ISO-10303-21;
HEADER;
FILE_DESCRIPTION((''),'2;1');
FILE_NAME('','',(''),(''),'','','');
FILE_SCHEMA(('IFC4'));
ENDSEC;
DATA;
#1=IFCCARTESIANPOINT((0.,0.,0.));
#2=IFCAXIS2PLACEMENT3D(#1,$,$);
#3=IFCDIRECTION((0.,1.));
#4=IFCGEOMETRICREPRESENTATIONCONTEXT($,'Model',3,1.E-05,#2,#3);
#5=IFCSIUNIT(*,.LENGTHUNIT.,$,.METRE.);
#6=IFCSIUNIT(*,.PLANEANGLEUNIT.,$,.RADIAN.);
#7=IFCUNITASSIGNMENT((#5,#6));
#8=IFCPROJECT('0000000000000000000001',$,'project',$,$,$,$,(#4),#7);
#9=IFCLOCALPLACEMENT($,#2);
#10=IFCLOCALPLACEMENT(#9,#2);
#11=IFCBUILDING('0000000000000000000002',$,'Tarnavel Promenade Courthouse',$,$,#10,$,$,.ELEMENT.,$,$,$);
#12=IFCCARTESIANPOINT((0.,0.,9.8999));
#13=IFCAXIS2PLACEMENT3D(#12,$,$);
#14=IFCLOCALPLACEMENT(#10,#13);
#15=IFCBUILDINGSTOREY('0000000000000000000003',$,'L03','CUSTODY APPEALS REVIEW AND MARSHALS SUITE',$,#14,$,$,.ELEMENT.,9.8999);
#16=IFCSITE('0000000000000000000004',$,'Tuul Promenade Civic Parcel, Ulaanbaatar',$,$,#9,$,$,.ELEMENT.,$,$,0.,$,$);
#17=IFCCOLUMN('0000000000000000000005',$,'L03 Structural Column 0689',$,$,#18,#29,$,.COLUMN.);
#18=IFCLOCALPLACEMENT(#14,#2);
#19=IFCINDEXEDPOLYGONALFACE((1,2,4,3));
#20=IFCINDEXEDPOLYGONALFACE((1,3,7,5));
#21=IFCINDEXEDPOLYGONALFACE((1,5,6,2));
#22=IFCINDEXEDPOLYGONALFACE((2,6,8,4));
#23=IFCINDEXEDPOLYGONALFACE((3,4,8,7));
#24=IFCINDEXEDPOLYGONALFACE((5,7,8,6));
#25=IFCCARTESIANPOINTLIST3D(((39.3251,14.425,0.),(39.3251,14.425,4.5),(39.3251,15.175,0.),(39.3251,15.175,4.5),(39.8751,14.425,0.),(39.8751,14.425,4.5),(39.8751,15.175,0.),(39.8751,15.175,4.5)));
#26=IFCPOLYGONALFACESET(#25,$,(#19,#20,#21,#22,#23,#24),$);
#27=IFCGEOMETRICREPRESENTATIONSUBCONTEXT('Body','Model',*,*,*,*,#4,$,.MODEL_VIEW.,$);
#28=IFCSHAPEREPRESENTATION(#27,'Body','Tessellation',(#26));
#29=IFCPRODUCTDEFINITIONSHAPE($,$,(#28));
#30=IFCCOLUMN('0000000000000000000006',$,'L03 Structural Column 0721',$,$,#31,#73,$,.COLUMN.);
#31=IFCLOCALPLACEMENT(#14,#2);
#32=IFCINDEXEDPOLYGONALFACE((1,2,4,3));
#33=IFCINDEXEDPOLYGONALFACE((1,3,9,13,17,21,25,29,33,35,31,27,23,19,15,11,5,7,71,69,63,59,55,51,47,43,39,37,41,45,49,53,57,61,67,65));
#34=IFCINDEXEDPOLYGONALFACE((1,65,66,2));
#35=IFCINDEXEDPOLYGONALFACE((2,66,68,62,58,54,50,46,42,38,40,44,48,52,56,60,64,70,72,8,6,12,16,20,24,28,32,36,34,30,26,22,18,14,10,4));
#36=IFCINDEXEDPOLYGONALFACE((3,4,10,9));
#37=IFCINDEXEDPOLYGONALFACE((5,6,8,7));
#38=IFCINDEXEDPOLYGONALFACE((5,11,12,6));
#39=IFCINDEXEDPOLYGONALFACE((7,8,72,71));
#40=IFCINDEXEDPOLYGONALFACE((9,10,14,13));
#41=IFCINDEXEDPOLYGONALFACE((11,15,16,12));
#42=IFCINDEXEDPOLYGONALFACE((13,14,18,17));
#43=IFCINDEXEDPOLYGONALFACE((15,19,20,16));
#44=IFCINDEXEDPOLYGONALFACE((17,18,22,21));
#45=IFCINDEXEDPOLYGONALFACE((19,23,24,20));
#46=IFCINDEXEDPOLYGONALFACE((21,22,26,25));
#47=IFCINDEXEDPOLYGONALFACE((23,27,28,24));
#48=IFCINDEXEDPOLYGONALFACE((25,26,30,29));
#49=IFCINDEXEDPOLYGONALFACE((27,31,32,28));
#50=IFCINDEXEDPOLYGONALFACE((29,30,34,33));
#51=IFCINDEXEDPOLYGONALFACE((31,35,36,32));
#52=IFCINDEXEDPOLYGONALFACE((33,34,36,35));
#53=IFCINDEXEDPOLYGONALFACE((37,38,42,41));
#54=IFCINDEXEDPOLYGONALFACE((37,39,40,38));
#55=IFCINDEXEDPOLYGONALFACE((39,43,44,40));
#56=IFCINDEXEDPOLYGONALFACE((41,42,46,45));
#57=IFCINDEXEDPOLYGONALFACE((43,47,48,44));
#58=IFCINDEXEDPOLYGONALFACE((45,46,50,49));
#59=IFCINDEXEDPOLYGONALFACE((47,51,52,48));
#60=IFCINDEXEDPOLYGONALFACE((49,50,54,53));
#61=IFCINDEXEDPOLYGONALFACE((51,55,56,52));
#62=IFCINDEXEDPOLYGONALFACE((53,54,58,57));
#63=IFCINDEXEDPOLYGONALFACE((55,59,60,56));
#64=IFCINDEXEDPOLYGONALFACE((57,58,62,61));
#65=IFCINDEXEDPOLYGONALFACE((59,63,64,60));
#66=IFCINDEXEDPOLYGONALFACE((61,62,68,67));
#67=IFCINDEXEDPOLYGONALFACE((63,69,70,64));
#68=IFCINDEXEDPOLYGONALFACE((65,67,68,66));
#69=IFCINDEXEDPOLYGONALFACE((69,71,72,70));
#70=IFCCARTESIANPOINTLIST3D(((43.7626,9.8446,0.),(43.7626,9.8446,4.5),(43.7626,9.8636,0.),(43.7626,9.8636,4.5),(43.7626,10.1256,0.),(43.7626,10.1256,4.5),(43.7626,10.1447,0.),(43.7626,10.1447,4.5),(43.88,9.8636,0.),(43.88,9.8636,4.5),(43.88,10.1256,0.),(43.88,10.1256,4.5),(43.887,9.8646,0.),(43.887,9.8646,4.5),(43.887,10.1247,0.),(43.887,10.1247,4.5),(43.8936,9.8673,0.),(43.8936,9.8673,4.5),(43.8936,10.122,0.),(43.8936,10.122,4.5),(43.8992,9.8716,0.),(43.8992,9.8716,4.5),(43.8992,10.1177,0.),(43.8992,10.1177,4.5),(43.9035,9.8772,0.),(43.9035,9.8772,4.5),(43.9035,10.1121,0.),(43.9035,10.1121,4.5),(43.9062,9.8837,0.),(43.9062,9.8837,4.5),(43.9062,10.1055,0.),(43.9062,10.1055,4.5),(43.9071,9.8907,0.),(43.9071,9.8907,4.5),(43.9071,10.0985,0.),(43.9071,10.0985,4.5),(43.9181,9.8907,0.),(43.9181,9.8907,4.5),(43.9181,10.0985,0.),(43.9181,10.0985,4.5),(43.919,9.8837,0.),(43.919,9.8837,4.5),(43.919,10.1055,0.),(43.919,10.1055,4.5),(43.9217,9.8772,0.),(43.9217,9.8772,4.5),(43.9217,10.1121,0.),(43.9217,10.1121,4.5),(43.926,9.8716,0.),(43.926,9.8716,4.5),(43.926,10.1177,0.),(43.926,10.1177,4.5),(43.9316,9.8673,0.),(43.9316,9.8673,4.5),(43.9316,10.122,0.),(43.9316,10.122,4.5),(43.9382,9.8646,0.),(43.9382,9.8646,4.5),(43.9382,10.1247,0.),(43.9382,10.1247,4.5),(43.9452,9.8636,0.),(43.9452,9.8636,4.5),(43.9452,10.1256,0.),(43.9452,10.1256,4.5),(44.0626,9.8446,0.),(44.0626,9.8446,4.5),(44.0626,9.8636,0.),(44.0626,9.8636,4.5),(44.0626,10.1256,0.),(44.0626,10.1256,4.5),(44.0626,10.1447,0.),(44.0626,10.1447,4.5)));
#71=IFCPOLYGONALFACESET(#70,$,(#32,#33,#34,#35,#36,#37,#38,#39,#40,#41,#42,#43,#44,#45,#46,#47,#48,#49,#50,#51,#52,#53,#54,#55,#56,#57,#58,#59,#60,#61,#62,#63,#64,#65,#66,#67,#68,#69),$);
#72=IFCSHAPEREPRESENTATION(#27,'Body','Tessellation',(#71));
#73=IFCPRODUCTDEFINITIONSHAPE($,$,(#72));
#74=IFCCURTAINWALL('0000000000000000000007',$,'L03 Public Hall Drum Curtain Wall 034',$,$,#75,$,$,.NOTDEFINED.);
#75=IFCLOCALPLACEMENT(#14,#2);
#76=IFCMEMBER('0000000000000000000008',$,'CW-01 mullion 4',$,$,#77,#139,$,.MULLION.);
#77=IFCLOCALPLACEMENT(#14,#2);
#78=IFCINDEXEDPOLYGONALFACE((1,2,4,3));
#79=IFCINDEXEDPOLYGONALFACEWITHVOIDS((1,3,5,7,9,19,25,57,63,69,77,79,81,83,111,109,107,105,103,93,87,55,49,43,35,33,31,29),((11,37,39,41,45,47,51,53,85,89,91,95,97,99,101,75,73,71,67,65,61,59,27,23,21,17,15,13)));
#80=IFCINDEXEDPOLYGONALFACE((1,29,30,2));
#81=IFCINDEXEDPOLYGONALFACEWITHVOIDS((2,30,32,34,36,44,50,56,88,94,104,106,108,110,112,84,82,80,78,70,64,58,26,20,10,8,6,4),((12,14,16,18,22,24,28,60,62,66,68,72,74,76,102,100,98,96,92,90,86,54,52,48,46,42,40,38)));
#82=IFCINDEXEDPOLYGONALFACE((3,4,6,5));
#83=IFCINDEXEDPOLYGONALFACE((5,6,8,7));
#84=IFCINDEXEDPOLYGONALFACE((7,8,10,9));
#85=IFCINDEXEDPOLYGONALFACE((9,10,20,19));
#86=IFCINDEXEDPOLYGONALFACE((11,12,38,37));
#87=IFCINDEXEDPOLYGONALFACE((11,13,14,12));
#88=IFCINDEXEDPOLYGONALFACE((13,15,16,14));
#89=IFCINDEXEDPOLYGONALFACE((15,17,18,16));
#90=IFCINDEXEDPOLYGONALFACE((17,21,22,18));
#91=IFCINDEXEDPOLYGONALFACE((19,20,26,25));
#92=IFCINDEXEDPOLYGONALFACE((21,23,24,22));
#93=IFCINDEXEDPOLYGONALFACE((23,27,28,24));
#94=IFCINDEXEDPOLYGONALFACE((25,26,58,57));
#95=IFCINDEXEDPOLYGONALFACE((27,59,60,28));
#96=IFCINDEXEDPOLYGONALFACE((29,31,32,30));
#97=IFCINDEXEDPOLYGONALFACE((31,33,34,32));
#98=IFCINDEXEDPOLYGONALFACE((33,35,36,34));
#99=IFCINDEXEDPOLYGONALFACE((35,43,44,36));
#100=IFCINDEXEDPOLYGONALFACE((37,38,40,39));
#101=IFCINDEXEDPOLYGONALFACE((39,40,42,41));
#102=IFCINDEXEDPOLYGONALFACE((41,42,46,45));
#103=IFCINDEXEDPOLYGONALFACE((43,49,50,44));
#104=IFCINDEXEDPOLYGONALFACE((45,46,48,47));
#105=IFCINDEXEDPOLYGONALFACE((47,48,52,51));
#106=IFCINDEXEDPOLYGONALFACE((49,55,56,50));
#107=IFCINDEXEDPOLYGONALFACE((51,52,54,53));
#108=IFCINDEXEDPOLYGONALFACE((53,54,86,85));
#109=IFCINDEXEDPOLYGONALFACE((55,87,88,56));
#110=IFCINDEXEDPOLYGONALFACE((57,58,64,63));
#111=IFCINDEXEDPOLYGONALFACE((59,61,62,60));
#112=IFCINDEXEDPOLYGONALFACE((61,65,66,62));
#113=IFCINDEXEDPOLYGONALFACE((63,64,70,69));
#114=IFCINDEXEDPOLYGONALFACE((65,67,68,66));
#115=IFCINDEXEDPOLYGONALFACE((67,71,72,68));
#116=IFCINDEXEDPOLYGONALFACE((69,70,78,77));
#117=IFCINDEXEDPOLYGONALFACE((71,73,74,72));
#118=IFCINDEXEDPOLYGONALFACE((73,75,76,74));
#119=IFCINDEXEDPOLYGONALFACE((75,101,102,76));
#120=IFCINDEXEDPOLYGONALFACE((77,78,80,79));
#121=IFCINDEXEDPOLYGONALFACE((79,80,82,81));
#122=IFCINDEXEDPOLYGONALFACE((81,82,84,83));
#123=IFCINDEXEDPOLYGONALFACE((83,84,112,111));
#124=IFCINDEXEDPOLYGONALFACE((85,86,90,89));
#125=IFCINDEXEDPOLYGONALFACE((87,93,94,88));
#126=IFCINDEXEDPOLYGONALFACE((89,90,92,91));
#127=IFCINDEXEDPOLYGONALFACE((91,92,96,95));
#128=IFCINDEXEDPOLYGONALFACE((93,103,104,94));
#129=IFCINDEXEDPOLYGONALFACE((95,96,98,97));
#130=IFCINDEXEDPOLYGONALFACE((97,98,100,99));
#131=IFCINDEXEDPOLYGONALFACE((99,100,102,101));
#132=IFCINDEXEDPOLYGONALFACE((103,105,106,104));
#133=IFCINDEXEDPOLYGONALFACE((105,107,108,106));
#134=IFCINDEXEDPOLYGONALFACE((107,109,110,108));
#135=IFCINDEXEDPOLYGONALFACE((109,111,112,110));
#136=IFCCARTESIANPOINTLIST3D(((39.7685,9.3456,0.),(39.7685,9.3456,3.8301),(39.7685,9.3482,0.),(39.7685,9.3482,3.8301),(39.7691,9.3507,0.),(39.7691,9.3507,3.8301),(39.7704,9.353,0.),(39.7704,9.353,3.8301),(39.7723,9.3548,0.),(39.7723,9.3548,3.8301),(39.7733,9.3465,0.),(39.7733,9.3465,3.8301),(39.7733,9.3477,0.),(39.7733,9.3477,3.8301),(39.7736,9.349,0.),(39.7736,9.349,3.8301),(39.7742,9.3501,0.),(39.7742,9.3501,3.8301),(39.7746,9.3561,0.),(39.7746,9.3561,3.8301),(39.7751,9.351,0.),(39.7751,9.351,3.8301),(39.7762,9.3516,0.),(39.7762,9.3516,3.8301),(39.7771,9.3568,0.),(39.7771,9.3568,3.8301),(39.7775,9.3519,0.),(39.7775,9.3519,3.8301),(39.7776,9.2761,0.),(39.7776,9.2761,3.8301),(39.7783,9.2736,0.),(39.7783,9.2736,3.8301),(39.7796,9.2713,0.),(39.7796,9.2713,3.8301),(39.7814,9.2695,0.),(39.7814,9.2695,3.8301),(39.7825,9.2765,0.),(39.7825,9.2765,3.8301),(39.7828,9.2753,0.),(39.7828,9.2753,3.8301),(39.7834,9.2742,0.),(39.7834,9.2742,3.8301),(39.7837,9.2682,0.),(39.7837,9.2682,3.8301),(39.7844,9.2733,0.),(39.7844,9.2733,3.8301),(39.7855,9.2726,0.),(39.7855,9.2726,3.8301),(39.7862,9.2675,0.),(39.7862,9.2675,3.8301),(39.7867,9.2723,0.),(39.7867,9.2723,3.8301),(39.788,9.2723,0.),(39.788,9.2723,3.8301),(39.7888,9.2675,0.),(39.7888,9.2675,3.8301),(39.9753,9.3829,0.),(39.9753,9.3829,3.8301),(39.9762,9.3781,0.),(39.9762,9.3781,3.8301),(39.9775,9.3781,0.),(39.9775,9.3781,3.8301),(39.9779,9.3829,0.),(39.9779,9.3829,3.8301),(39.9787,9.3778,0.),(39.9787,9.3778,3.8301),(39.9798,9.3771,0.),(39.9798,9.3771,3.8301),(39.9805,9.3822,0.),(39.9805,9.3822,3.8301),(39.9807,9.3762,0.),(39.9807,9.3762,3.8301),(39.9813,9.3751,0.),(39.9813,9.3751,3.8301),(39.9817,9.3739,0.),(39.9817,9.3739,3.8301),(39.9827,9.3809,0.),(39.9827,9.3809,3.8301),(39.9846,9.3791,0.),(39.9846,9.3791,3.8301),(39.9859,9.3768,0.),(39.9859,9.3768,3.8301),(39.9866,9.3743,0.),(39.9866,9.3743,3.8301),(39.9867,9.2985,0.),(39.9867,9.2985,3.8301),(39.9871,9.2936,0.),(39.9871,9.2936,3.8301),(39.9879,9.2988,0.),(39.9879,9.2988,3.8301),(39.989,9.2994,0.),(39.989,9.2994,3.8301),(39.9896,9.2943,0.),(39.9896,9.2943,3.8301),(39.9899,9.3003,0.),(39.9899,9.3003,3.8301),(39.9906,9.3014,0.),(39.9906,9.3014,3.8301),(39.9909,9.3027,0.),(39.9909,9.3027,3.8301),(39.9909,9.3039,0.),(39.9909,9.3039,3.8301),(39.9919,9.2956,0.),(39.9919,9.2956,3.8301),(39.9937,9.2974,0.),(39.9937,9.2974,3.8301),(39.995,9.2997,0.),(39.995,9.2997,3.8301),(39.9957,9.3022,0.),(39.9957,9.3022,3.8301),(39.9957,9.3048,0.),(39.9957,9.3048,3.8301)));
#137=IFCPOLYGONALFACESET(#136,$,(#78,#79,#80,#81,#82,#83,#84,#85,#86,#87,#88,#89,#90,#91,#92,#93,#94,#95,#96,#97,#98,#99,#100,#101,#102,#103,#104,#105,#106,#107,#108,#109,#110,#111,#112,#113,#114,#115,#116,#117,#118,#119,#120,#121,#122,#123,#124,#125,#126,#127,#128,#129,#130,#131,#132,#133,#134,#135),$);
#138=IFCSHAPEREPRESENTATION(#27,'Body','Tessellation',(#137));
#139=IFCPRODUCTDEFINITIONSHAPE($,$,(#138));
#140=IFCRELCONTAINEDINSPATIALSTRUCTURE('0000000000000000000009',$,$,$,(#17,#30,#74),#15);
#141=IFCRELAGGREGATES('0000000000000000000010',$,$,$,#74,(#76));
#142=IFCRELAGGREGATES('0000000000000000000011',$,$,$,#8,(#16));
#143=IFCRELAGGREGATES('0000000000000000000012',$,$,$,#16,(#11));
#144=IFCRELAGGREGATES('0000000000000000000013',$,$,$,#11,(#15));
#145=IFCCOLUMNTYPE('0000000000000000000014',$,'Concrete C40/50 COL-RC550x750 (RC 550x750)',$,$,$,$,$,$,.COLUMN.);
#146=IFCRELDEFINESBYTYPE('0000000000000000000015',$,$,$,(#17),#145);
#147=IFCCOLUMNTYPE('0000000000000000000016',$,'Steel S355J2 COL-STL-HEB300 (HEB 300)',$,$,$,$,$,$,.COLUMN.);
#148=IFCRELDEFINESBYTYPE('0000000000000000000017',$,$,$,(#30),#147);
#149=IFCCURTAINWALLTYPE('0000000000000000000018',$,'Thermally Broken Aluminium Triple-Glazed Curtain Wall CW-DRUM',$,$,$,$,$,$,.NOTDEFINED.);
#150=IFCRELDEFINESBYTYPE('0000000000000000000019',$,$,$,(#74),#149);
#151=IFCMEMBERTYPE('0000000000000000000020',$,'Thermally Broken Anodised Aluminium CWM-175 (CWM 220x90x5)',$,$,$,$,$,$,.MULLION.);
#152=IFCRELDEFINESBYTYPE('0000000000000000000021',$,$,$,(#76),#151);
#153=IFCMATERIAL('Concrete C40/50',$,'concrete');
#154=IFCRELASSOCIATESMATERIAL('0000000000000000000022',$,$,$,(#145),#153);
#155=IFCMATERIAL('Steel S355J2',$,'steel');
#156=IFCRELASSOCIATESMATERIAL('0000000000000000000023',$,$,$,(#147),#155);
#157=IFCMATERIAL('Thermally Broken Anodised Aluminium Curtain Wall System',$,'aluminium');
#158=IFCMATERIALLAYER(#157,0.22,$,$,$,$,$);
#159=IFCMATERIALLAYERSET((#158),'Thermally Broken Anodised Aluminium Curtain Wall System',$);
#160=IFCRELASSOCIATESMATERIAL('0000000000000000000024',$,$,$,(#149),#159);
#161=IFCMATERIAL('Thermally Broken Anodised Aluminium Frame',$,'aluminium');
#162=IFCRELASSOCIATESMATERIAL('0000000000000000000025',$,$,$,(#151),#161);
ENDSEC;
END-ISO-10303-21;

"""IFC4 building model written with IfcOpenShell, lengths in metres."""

from ifc_helpers import new_model, si_unit, direction, frame, origin, origin_2d, place, context, subcontext, project, spatial, rectangle, hollow_rectangle, i_section, extrude, material, layer, layer_set, material_profile, profile_set, type_object, element, aggregate, save


model = new_model("IFC4")

# Units and contexts
model_context = context("Model", 3, precision=1e-05, world=origin(), true_north=direction((0.0, 1.0)))
body_context = subcontext(model_context, "Body", "Model", "MODEL_VIEW")
ifc_project = project(units=[si_unit("LENGTHUNIT", "METRE"), si_unit("PLANEANGLEUNIT", "RADIAN")], contexts=[model_context])

# Site, building, storey
site_placement = place(None, origin())
site = spatial("IfcSite", under=ifc_project, at=site_placement, Name="Tuul Promenade Civic Parcel, Ulaanbaatar", CompositionType="ELEMENT", RefElevation=0.0)
building_placement = place(site_placement, origin())
building = spatial("IfcBuilding", under=site, at=building_placement, Name="Tarnavel Promenade Courthouse", CompositionType="ELEMENT")
storey_placement = place(building_placement, frame((0.0, 0.0, 9.8999)))
storey = spatial("IfcBuildingStorey", under=building, at=storey_placement, Name="L03", Description="CUSTODY APPEALS REVIEW AND MARSHALS SUITE", CompositionType="ELEMENT", Elevation=9.8999)

# Columns
ifc_material_1 = material(Name="Concrete C40/50", Category="concrete")
ifc_material_profile_1 = material_profile(ifc_material_1, rectangle(XDim=0.55, YDim=0.75, at=origin_2d()), Name="RC 550x750")
ifc_profile_set_1 = profile_set([ifc_material_profile_1], Name="Concrete C40/50")
column_type_1 = type_object("IfcColumnType", Name="Concrete C40/50 COL-RC550x750 (RC 550x750)", PredefinedType="COLUMN", material=ifc_profile_set_1)
column_1_placement = place(storey_placement, frame((39.6001, 14.8, 0.0), z_axis=(0.0, 0.0, 1.0), x_axis=(1.0, 0.0, 0.0)))
element("IfcColumn", 1, at=column_1_placement, inside=storey, type_object=column_type_1, Name="L03 Structural Column 0689", PredefinedType="COLUMN", context=body_context, shape_type="SweptSolid", body=[
    extrude(rectangle(XDim=0.55, YDim=0.75, at=origin_2d()), origin(), (0.0, 0.0, 1.0), 4.5),
])
ifc_material_2 = material(Name="Steel S355J2", Category="steel")
ifc_material_profile_2 = material_profile(ifc_material_2, i_section(OverallWidth=0.3, OverallDepth=0.3, WebThickness=0.011, FlangeThickness=0.019, FilletRadius=0.0271, at=origin_2d()), Name="HEB 300")
ifc_profile_set_2 = profile_set([ifc_material_profile_2], Name="Steel S355J2")
column_type_2 = type_object("IfcColumnType", Name="Steel S355J2 COL-STL-HEB300 (HEB 300)", PredefinedType="COLUMN", material=ifc_profile_set_2)
column_2_placement = place(storey_placement, frame((43.9126, 9.9946, 0.0), z_axis=(0.0, 0.0, 1.0), x_axis=(1.0, 0.0, 0.0)))
element("IfcColumn", 2, at=column_2_placement, inside=storey, type_object=column_type_2, Name="L03 Structural Column 0721", PredefinedType="COLUMN", context=body_context, shape_type="SweptSolid", body=[
    extrude(i_section(OverallWidth=0.3, OverallDepth=0.3, WebThickness=0.011, FlangeThickness=0.019, FilletRadius=0.0271, at=origin_2d()), origin(), (0.0, 0.0, 1.0), 4.5),
])

# Curtain wall, member
ifc_material_3 = material(Name="Thermally Broken Anodised Aluminium Curtain Wall System", Category="aluminium")
ifc_layer_1 = layer(ifc_material_3, 0.22)
ifc_layer_set_1 = layer_set([ifc_layer_1], Name="Thermally Broken Anodised Aluminium Curtain Wall System")
curtain_wall_type = type_object("IfcCurtainWallType", Name="Thermally Broken Aluminium Triple-Glazed Curtain Wall CW-DRUM", PredefinedType="NOTDEFINED", material=ifc_layer_set_1)
curtain_wall_1_placement = place(storey_placement, origin())
curtain_wall_1 = element("IfcCurtainWall", 3, at=curtain_wall_1_placement, inside=storey, type_object=curtain_wall_type, Name="L03 Public Hall Drum Curtain Wall 034", PredefinedType="NOTDEFINED")
ifc_material_4 = material(Name="Thermally Broken Anodised Aluminium Frame", Category="aluminium")
ifc_material_profile_3 = material_profile(ifc_material_4, hollow_rectangle(XDim=0.0901, YDim=0.22, WallThickness=0.0049, InnerFilletRadius=0.0049, OuterFilletRadius=0.01, at=origin_2d()), Name="CWM 220x90x5")
ifc_profile_set_3 = profile_set([ifc_material_profile_3], Name="Thermally Broken Anodised Aluminium Frame")
member_type_1 = type_object("IfcMemberType", Name="Thermally Broken Anodised Aluminium CWM-175 (CWM 220x90x5)", PredefinedType="MULLION", material=ifc_profile_set_3)
member_1_placement = place(storey_placement, frame((39.8821, 9.3252, 0.0), z_axis=(0.0, 0.0, 1.0), x_axis=(-0.130526, 0.991445, 0.0)))
member_1 = element("IfcMember", 4, at=member_1_placement, type_object=member_type_1, Name="CW-01 mullion 4", PredefinedType="MULLION", context=body_context, shape_type="SweptSolid", body=[
    extrude(hollow_rectangle(XDim=0.0901, YDim=0.22, WallThickness=0.0049, InnerFilletRadius=0.0049, OuterFilletRadius=0.01, at=origin_2d()), origin(), (0.0, 0.0, 1.0), 3.8301),
])

aggregate(curtain_wall_1, [member_1])

save(model, "model.ifc")
